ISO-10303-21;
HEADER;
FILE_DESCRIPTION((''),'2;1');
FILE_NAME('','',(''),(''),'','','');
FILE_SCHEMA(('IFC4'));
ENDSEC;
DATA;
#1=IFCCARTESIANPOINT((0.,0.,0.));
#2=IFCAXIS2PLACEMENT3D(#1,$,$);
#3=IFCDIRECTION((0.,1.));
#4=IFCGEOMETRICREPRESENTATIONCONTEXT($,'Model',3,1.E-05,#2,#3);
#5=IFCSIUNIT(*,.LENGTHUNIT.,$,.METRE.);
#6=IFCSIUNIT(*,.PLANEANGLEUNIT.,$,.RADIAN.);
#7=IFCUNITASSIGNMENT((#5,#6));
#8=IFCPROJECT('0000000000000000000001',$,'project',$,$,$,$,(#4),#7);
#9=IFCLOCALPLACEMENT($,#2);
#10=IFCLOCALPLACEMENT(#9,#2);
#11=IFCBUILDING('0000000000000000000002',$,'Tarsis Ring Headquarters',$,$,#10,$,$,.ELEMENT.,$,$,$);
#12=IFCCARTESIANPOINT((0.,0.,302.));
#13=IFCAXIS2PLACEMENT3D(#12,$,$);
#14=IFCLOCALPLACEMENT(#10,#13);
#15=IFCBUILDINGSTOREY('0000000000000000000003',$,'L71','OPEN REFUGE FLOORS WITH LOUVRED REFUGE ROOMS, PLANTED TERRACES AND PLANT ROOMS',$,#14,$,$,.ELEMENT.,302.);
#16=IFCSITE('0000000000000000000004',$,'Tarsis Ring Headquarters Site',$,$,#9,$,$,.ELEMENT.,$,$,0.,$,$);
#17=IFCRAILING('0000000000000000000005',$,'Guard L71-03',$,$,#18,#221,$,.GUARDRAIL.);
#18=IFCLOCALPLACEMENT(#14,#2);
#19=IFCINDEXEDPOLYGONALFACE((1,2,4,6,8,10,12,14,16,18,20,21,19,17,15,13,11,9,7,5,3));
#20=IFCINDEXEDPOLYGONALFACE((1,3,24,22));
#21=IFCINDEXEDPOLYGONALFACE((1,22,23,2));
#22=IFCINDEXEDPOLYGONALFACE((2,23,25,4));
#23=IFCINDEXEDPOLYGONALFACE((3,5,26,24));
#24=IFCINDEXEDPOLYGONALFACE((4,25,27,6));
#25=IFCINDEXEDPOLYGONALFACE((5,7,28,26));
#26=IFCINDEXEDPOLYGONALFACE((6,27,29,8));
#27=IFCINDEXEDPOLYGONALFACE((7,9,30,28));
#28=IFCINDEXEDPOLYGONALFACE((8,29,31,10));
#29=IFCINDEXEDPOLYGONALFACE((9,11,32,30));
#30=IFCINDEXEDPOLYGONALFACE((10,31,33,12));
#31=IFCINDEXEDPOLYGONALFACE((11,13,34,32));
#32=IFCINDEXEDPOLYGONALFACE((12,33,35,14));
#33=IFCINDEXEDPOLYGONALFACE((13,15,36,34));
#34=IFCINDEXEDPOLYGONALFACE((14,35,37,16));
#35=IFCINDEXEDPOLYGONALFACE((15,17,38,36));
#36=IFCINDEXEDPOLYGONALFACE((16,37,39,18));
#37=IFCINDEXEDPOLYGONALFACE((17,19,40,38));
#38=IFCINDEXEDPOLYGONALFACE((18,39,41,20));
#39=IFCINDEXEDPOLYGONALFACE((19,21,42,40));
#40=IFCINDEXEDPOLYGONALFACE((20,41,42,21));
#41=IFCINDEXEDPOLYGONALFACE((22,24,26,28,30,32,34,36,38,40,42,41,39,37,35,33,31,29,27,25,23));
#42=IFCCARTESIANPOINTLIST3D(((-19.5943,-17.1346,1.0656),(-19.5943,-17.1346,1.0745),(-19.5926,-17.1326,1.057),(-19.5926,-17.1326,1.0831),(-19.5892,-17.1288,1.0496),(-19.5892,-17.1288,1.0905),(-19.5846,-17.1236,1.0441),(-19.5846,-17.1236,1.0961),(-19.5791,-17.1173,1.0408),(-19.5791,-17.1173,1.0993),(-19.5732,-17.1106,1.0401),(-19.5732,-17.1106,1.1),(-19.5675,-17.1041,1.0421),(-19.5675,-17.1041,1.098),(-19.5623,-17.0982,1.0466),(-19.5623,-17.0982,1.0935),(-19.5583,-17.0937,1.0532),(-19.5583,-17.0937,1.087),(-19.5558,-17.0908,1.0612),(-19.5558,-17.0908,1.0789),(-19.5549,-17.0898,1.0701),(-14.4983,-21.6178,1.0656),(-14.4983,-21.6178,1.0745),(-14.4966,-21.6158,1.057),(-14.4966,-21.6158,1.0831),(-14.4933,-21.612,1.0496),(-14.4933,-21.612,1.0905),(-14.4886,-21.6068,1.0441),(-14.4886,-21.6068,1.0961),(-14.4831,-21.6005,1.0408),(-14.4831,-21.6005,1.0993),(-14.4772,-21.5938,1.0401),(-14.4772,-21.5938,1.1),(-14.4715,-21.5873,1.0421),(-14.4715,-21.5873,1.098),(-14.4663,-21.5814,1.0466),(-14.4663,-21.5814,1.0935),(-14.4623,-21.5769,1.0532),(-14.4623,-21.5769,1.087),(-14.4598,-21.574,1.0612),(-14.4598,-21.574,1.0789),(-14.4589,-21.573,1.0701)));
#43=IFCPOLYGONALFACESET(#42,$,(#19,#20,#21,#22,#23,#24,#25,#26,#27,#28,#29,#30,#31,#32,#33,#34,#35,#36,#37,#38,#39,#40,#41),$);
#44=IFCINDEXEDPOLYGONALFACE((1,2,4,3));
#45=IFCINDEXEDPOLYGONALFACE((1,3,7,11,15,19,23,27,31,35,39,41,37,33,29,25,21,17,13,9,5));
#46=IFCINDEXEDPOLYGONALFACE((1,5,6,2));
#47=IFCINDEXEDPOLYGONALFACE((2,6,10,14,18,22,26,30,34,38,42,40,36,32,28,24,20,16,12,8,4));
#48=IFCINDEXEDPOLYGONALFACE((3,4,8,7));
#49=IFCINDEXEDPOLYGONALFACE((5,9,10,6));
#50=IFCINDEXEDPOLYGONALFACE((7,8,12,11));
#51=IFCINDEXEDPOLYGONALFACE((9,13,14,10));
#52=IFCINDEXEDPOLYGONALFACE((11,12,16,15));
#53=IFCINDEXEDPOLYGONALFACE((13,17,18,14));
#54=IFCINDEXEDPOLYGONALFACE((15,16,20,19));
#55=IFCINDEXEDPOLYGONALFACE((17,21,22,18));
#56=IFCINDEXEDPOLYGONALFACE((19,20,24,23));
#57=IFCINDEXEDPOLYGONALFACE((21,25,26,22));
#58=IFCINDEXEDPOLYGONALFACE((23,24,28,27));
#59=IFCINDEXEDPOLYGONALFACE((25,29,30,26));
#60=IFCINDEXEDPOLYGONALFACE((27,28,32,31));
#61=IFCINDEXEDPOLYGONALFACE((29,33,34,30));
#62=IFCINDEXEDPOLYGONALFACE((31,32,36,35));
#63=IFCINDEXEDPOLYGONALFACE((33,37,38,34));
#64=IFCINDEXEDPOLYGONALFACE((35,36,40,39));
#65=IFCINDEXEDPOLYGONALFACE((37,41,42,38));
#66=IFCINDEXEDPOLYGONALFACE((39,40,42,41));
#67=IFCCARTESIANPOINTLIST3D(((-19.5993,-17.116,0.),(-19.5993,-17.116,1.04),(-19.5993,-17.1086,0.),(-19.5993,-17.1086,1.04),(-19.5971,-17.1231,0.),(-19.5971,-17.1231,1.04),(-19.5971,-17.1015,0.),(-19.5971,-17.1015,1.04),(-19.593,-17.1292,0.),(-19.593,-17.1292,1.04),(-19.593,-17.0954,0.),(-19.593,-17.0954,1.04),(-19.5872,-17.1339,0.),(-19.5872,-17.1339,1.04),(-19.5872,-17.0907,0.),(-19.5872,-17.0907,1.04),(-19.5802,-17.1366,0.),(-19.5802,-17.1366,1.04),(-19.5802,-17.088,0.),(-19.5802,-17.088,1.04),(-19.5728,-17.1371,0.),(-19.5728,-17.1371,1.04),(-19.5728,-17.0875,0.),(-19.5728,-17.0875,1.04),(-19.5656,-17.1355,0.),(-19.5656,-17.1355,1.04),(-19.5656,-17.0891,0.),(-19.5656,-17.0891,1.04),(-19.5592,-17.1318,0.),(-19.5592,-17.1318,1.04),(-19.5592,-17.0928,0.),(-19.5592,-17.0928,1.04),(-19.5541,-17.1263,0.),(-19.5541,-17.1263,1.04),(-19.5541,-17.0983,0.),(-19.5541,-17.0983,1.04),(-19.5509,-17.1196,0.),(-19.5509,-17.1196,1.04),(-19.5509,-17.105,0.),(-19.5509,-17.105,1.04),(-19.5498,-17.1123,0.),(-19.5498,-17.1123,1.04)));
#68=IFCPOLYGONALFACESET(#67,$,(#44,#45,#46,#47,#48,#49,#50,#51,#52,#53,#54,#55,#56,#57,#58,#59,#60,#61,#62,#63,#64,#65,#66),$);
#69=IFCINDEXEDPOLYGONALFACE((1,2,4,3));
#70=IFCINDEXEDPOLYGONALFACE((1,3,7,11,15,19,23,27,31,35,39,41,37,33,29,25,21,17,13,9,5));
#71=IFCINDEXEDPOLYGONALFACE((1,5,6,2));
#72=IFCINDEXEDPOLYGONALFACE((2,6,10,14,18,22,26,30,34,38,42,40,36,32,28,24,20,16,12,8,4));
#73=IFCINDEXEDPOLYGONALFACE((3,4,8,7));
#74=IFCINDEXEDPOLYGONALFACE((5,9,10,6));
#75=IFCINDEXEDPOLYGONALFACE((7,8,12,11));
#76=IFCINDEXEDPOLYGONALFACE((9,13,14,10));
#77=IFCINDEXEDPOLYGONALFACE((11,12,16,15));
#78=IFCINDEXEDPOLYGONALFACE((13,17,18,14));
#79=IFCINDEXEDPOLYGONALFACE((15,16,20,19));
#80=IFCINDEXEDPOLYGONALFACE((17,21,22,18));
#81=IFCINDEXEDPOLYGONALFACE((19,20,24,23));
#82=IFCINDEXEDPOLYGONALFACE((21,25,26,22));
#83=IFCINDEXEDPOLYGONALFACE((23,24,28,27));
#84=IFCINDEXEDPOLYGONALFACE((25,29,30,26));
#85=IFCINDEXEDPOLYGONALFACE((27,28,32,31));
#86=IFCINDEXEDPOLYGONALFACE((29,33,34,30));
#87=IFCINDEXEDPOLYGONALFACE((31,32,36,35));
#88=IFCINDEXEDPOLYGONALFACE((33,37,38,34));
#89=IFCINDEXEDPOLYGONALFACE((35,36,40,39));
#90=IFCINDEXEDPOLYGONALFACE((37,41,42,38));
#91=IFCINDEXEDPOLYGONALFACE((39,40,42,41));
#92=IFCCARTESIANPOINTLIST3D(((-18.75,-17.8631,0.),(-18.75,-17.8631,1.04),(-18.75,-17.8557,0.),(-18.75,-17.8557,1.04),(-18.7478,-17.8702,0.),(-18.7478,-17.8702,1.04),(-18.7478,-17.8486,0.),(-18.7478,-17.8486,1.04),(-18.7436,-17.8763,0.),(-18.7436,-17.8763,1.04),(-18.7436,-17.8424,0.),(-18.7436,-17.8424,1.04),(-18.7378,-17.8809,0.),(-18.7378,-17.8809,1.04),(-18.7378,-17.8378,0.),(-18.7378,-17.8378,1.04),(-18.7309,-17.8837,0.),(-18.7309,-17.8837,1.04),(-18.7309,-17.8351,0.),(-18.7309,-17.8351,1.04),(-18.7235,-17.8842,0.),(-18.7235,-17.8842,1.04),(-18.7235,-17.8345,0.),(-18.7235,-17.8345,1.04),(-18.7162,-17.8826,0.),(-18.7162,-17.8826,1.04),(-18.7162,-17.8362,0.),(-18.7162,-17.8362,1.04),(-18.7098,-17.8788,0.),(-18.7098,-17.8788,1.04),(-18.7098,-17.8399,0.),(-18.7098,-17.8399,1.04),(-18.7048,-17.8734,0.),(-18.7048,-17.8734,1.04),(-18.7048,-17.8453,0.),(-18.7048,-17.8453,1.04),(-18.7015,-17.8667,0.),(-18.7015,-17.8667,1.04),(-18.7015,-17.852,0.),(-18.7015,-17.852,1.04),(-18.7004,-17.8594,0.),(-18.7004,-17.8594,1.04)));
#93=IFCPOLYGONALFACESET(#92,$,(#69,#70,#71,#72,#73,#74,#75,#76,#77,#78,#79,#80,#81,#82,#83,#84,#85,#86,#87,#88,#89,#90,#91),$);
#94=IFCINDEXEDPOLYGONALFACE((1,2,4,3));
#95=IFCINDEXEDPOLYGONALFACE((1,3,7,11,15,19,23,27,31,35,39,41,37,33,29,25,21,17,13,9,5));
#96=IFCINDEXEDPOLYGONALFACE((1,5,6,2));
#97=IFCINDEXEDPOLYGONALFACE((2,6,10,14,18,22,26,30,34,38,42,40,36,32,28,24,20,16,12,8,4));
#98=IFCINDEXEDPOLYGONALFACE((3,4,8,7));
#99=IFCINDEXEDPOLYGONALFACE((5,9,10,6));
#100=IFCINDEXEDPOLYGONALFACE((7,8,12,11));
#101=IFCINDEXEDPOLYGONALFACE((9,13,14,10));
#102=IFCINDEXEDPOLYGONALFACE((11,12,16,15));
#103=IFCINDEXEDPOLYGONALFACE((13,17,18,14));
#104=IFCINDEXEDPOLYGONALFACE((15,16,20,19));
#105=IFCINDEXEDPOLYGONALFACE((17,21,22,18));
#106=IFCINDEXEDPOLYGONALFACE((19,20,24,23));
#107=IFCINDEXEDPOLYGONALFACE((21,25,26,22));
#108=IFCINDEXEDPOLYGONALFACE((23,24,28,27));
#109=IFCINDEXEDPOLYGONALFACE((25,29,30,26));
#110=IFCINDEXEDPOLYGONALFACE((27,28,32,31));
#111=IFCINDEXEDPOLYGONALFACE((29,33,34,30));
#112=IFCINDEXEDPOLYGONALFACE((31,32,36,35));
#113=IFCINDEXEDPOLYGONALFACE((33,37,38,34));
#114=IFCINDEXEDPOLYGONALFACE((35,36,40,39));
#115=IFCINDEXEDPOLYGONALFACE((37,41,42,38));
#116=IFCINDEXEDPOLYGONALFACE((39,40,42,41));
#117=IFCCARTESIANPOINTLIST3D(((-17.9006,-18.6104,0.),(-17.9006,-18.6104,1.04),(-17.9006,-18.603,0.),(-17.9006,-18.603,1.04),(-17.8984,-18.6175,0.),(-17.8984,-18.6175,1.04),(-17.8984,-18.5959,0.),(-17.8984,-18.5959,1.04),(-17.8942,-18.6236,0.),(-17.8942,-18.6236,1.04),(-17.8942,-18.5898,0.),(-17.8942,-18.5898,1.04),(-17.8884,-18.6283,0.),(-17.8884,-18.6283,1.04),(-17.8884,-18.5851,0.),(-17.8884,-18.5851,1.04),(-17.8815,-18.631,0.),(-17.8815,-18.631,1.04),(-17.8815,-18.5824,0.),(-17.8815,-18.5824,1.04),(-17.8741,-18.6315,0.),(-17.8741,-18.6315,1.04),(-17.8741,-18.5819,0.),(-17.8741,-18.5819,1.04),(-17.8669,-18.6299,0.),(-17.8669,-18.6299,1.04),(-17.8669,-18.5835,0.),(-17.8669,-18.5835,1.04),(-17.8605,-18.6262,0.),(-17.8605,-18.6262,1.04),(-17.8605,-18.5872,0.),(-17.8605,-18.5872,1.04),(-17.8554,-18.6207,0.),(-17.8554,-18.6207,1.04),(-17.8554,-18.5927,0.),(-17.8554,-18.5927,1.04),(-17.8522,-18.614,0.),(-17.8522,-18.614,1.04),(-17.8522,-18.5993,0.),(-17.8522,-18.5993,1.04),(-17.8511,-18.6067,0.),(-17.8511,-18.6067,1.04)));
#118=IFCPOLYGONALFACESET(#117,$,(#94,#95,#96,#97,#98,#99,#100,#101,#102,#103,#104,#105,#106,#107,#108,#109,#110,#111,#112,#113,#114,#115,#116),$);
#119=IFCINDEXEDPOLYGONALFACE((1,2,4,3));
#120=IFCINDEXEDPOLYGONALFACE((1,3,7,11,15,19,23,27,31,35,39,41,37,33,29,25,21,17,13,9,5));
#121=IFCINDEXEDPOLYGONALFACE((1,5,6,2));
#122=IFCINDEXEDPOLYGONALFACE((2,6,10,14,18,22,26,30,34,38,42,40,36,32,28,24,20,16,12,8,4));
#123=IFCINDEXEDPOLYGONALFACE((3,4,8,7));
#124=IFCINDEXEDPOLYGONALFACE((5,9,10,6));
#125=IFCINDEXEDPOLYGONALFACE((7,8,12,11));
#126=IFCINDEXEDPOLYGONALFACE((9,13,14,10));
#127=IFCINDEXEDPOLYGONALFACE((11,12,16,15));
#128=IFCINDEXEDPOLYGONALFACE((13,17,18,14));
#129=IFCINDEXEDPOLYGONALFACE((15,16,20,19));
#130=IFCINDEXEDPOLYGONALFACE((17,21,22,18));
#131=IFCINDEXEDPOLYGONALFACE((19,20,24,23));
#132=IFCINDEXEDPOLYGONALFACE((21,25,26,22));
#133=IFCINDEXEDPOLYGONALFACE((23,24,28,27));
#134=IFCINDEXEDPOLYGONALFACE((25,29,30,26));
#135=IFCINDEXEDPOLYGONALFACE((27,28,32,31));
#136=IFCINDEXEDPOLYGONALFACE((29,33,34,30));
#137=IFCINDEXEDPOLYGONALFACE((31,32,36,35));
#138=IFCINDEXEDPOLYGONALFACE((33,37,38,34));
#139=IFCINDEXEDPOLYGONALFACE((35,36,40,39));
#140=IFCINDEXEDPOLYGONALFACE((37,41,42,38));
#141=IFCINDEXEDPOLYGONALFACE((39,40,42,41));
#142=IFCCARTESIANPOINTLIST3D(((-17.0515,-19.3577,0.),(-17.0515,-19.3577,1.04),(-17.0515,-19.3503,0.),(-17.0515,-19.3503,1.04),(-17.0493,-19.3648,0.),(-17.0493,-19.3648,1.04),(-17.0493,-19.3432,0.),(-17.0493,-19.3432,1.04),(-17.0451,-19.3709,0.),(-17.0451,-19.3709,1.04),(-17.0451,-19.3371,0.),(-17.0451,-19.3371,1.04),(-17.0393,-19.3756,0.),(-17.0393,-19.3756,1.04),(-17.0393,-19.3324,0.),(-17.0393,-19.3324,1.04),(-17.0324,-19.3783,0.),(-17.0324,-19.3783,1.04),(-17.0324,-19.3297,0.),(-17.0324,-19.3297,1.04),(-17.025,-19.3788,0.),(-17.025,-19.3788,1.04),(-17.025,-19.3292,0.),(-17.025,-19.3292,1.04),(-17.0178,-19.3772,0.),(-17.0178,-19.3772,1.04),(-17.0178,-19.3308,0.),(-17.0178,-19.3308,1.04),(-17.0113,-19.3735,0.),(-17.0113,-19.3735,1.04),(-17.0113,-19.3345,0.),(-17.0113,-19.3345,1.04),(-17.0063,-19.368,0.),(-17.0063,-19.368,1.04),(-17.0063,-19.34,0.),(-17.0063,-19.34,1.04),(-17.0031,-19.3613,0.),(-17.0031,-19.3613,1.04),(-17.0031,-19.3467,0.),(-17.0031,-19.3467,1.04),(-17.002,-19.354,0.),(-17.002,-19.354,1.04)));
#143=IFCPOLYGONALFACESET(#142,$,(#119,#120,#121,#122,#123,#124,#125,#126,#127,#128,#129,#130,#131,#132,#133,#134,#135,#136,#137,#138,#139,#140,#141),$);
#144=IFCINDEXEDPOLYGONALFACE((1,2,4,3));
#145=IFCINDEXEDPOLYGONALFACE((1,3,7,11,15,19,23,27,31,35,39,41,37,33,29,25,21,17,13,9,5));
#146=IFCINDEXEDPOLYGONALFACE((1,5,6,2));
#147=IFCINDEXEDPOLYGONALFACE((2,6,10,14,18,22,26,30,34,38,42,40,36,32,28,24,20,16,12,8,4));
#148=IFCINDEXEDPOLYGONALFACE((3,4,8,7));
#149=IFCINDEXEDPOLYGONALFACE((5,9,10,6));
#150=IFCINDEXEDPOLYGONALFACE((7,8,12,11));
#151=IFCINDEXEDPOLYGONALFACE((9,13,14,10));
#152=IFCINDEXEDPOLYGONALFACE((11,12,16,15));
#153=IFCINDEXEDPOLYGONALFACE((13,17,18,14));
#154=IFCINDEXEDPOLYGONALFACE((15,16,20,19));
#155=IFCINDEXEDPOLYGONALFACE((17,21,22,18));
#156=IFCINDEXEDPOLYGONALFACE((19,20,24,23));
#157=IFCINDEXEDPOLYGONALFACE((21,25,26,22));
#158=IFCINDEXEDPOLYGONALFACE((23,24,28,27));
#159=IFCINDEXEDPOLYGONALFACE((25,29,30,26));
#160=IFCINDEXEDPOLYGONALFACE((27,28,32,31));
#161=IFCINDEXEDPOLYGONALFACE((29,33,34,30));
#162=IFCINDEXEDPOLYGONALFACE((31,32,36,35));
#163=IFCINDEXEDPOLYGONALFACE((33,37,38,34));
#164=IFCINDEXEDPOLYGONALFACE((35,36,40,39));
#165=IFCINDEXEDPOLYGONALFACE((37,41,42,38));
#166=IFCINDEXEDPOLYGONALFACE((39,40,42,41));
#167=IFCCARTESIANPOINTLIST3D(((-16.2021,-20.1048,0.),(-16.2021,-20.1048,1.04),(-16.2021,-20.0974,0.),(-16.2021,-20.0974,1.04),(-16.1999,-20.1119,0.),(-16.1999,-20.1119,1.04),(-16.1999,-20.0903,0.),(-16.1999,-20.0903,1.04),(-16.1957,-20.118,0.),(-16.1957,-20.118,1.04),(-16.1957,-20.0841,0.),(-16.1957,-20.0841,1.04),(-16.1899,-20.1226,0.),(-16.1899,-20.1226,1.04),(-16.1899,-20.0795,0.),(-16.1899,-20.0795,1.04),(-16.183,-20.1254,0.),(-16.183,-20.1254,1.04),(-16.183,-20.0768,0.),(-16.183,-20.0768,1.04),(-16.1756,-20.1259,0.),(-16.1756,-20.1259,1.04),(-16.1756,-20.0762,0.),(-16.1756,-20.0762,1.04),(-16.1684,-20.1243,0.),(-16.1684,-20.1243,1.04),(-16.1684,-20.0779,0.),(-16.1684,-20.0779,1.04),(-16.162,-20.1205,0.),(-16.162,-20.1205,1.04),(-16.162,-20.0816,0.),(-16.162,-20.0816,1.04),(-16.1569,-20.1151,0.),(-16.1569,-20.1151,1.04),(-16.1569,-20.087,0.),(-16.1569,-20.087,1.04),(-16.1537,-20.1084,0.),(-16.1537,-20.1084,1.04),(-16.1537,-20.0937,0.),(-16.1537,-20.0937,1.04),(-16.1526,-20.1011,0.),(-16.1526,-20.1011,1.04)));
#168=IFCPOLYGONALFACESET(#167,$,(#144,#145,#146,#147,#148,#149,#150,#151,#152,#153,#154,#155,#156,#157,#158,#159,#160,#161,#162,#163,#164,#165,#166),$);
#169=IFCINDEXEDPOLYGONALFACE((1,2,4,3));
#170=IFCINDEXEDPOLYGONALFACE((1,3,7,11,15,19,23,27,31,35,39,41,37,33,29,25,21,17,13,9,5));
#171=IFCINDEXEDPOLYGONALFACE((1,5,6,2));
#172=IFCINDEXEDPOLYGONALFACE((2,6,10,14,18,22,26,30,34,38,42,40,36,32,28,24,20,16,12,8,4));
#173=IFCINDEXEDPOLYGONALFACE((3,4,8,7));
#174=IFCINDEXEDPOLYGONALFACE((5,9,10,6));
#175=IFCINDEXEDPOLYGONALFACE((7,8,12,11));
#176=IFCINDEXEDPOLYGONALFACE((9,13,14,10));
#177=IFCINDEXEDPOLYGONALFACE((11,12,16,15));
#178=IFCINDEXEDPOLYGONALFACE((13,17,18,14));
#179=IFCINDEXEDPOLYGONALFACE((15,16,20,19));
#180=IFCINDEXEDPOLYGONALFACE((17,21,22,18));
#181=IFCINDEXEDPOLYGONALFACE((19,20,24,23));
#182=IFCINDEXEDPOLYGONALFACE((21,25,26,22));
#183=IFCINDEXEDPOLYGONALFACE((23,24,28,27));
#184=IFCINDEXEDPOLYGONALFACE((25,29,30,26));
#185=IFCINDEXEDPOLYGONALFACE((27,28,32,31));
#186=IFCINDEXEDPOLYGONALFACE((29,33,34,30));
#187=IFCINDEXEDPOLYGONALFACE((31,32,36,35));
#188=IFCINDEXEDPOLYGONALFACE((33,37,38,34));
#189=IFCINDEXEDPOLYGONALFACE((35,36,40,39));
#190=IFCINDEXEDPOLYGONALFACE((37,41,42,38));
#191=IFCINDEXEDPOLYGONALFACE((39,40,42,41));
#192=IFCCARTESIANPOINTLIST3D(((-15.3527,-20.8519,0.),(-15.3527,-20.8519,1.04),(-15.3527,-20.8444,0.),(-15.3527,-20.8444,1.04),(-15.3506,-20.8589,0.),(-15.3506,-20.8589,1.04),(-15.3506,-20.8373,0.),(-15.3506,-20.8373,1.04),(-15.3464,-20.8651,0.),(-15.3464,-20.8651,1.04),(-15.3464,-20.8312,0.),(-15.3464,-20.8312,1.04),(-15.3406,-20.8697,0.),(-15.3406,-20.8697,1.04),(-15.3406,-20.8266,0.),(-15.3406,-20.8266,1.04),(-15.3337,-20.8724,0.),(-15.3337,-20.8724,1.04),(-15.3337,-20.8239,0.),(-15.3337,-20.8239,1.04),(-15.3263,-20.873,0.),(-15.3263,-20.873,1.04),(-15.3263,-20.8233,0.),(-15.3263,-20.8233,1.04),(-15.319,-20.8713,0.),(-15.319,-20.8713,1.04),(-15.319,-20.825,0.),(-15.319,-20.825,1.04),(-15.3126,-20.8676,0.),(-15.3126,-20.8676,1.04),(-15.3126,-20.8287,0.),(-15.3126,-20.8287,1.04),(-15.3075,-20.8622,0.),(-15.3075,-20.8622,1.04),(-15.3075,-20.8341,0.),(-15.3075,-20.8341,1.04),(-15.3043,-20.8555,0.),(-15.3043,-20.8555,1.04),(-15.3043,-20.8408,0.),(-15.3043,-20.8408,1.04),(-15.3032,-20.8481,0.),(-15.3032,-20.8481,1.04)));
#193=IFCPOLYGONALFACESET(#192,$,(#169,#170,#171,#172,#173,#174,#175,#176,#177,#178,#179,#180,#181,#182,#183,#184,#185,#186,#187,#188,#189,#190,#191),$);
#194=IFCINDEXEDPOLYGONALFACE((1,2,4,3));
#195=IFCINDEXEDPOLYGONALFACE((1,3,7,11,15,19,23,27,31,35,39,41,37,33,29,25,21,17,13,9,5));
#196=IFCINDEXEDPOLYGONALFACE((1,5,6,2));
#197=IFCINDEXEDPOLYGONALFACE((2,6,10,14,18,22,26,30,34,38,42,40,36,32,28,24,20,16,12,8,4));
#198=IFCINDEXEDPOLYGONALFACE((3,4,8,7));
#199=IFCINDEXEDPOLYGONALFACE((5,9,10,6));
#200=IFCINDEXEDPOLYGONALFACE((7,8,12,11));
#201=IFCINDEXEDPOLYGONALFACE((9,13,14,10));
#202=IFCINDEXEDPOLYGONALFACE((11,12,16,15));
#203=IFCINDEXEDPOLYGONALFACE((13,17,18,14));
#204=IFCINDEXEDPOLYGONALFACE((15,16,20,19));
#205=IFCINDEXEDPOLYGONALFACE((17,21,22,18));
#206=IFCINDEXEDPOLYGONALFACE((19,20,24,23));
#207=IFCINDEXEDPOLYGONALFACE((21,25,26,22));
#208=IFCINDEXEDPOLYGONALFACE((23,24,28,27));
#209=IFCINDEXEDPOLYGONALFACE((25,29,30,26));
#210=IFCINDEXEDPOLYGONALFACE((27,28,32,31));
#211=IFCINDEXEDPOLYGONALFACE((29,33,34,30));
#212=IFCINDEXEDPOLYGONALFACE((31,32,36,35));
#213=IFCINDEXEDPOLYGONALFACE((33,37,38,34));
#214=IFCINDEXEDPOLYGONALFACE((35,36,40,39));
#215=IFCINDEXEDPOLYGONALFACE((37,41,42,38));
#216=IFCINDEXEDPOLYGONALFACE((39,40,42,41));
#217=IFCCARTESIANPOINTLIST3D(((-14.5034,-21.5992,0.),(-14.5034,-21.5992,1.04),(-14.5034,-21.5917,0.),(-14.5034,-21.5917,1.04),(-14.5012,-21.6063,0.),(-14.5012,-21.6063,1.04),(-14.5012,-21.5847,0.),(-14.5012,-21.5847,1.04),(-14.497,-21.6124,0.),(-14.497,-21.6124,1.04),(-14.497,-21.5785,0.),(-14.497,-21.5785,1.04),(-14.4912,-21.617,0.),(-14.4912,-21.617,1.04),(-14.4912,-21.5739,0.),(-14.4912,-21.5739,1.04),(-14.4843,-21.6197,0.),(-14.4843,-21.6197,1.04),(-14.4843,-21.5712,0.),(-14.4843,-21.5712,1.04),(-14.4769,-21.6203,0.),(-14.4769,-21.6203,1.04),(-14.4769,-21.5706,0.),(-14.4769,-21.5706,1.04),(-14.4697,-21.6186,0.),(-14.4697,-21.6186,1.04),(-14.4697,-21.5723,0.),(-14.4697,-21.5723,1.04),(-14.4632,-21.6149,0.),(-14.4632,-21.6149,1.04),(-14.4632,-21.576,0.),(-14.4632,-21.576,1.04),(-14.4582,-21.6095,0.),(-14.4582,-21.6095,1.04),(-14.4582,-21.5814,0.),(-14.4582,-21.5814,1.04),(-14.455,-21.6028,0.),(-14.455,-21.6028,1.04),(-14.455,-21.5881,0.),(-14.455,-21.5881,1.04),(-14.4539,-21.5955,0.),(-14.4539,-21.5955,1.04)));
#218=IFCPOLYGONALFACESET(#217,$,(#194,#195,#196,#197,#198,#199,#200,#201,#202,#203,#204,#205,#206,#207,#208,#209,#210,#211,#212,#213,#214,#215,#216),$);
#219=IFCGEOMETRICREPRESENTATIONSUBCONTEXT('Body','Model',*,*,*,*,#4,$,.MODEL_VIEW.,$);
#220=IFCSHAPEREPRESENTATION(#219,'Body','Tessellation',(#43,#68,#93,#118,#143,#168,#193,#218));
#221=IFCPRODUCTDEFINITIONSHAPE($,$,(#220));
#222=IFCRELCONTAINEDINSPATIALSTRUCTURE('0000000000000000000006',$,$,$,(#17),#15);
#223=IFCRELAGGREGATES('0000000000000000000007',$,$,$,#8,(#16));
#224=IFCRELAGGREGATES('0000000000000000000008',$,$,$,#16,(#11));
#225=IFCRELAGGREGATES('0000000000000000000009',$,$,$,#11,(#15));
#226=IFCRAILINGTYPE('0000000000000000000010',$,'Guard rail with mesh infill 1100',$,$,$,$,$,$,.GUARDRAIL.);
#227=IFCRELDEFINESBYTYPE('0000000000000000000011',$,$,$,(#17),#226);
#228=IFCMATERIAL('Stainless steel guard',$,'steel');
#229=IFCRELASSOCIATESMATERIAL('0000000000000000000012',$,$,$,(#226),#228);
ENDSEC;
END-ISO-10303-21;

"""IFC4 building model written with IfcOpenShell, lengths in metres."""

from ifc_helpers import new_model, si_unit, direction, frame, origin, origin_2d, place, context, subcontext, project, spatial, circle, extrude, material, type_object, element, save


model = new_model("IFC4")

# Units and contexts
model_context = context("Model", 3, precision=1e-05, world=origin(), true_north=direction((0.0, 1.0)))
body_context = subcontext(model_context, "Body", "Model", "MODEL_VIEW")
ifc_project = project(units=[si_unit("LENGTHUNIT", "METRE"), si_unit("PLANEANGLEUNIT", "RADIAN")], contexts=[model_context])

# Site, building, storey
site_placement = place(None, origin())
site = spatial("IfcSite", under=ifc_project, at=site_placement, Name="Tarsis Ring Headquarters Site", CompositionType="ELEMENT", RefElevation=0.0)
building_placement = place(site_placement, origin())
building = spatial("IfcBuilding", under=site, at=building_placement, Name="Tarsis Ring Headquarters", CompositionType="ELEMENT")
storey_placement = place(building_placement, frame((0.0, 0.0, 302.0)))
storey = spatial("IfcBuildingStorey", under=building, at=storey_placement, Name="L71", Description="OPEN REFUGE FLOORS WITH LOUVRED REFUGE ROOMS, PLANTED TERRACES AND PLANT ROOMS", CompositionType="ELEMENT", Elevation=302.0)

# Railing
ifc_material_1 = material(Name="Stainless steel guard", Category="steel")
railing_type = type_object("IfcRailingType", Name="Guard rail with mesh infill 1100", PredefinedType="GUARDRAIL", material=ifc_material_1)
railing_1_placement = place(storey_placement, frame((-19.5747, -17.1123, 0.0)))
element("IfcRailing", 1, at=railing_1_placement, inside=storey, type_object=railing_type, Name="Guard L71-03", PredefinedType="GUARDRAIL", context=body_context, shape_type="SweptSolid", body=[
    extrude(circle(Radius=0.03, at=origin_2d()), frame((0.0, 0.0, 1.0701), z_axis=(0.750807, -0.660522, 0.0), x_axis=(0.660522, 0.750807, 0.0)), (0.0, 0.0, 1.0), 6.7874),
    extrude(circle(Radius=0.0249, at=origin_2d()), origin(), (0.0, 0.0, 1.0), 1.04),
    extrude(circle(Radius=0.0249, at=origin_2d()), frame((0.8494, -0.7471, 0.0)), (0.0, 0.0, 1.0), 1.04),
    extrude(circle(Radius=0.0249, at=origin_2d()), frame((1.6987, -1.4944, 0.0)), (0.0, 0.0, 1.0), 1.04),
    extrude(circle(Radius=0.0249, at=origin_2d()), frame((2.5479, -2.2417, 0.0)), (0.0, 0.0, 1.0), 1.04),
    extrude(circle(Radius=0.0249, at=origin_2d()), frame((3.3972, -2.9888, 0.0)), (0.0, 0.0, 1.0), 1.04),
    extrude(circle(Radius=0.0249, at=origin_2d()), frame((4.2466, -3.7358, 0.0)), (0.0, 0.0, 1.0), 1.04),
    extrude(circle(Radius=0.0249, at=origin_2d()), frame((5.0959, -4.4832, 0.0)), (0.0, 0.0, 1.0), 1.04),
])

save(model, "model.ifc")
